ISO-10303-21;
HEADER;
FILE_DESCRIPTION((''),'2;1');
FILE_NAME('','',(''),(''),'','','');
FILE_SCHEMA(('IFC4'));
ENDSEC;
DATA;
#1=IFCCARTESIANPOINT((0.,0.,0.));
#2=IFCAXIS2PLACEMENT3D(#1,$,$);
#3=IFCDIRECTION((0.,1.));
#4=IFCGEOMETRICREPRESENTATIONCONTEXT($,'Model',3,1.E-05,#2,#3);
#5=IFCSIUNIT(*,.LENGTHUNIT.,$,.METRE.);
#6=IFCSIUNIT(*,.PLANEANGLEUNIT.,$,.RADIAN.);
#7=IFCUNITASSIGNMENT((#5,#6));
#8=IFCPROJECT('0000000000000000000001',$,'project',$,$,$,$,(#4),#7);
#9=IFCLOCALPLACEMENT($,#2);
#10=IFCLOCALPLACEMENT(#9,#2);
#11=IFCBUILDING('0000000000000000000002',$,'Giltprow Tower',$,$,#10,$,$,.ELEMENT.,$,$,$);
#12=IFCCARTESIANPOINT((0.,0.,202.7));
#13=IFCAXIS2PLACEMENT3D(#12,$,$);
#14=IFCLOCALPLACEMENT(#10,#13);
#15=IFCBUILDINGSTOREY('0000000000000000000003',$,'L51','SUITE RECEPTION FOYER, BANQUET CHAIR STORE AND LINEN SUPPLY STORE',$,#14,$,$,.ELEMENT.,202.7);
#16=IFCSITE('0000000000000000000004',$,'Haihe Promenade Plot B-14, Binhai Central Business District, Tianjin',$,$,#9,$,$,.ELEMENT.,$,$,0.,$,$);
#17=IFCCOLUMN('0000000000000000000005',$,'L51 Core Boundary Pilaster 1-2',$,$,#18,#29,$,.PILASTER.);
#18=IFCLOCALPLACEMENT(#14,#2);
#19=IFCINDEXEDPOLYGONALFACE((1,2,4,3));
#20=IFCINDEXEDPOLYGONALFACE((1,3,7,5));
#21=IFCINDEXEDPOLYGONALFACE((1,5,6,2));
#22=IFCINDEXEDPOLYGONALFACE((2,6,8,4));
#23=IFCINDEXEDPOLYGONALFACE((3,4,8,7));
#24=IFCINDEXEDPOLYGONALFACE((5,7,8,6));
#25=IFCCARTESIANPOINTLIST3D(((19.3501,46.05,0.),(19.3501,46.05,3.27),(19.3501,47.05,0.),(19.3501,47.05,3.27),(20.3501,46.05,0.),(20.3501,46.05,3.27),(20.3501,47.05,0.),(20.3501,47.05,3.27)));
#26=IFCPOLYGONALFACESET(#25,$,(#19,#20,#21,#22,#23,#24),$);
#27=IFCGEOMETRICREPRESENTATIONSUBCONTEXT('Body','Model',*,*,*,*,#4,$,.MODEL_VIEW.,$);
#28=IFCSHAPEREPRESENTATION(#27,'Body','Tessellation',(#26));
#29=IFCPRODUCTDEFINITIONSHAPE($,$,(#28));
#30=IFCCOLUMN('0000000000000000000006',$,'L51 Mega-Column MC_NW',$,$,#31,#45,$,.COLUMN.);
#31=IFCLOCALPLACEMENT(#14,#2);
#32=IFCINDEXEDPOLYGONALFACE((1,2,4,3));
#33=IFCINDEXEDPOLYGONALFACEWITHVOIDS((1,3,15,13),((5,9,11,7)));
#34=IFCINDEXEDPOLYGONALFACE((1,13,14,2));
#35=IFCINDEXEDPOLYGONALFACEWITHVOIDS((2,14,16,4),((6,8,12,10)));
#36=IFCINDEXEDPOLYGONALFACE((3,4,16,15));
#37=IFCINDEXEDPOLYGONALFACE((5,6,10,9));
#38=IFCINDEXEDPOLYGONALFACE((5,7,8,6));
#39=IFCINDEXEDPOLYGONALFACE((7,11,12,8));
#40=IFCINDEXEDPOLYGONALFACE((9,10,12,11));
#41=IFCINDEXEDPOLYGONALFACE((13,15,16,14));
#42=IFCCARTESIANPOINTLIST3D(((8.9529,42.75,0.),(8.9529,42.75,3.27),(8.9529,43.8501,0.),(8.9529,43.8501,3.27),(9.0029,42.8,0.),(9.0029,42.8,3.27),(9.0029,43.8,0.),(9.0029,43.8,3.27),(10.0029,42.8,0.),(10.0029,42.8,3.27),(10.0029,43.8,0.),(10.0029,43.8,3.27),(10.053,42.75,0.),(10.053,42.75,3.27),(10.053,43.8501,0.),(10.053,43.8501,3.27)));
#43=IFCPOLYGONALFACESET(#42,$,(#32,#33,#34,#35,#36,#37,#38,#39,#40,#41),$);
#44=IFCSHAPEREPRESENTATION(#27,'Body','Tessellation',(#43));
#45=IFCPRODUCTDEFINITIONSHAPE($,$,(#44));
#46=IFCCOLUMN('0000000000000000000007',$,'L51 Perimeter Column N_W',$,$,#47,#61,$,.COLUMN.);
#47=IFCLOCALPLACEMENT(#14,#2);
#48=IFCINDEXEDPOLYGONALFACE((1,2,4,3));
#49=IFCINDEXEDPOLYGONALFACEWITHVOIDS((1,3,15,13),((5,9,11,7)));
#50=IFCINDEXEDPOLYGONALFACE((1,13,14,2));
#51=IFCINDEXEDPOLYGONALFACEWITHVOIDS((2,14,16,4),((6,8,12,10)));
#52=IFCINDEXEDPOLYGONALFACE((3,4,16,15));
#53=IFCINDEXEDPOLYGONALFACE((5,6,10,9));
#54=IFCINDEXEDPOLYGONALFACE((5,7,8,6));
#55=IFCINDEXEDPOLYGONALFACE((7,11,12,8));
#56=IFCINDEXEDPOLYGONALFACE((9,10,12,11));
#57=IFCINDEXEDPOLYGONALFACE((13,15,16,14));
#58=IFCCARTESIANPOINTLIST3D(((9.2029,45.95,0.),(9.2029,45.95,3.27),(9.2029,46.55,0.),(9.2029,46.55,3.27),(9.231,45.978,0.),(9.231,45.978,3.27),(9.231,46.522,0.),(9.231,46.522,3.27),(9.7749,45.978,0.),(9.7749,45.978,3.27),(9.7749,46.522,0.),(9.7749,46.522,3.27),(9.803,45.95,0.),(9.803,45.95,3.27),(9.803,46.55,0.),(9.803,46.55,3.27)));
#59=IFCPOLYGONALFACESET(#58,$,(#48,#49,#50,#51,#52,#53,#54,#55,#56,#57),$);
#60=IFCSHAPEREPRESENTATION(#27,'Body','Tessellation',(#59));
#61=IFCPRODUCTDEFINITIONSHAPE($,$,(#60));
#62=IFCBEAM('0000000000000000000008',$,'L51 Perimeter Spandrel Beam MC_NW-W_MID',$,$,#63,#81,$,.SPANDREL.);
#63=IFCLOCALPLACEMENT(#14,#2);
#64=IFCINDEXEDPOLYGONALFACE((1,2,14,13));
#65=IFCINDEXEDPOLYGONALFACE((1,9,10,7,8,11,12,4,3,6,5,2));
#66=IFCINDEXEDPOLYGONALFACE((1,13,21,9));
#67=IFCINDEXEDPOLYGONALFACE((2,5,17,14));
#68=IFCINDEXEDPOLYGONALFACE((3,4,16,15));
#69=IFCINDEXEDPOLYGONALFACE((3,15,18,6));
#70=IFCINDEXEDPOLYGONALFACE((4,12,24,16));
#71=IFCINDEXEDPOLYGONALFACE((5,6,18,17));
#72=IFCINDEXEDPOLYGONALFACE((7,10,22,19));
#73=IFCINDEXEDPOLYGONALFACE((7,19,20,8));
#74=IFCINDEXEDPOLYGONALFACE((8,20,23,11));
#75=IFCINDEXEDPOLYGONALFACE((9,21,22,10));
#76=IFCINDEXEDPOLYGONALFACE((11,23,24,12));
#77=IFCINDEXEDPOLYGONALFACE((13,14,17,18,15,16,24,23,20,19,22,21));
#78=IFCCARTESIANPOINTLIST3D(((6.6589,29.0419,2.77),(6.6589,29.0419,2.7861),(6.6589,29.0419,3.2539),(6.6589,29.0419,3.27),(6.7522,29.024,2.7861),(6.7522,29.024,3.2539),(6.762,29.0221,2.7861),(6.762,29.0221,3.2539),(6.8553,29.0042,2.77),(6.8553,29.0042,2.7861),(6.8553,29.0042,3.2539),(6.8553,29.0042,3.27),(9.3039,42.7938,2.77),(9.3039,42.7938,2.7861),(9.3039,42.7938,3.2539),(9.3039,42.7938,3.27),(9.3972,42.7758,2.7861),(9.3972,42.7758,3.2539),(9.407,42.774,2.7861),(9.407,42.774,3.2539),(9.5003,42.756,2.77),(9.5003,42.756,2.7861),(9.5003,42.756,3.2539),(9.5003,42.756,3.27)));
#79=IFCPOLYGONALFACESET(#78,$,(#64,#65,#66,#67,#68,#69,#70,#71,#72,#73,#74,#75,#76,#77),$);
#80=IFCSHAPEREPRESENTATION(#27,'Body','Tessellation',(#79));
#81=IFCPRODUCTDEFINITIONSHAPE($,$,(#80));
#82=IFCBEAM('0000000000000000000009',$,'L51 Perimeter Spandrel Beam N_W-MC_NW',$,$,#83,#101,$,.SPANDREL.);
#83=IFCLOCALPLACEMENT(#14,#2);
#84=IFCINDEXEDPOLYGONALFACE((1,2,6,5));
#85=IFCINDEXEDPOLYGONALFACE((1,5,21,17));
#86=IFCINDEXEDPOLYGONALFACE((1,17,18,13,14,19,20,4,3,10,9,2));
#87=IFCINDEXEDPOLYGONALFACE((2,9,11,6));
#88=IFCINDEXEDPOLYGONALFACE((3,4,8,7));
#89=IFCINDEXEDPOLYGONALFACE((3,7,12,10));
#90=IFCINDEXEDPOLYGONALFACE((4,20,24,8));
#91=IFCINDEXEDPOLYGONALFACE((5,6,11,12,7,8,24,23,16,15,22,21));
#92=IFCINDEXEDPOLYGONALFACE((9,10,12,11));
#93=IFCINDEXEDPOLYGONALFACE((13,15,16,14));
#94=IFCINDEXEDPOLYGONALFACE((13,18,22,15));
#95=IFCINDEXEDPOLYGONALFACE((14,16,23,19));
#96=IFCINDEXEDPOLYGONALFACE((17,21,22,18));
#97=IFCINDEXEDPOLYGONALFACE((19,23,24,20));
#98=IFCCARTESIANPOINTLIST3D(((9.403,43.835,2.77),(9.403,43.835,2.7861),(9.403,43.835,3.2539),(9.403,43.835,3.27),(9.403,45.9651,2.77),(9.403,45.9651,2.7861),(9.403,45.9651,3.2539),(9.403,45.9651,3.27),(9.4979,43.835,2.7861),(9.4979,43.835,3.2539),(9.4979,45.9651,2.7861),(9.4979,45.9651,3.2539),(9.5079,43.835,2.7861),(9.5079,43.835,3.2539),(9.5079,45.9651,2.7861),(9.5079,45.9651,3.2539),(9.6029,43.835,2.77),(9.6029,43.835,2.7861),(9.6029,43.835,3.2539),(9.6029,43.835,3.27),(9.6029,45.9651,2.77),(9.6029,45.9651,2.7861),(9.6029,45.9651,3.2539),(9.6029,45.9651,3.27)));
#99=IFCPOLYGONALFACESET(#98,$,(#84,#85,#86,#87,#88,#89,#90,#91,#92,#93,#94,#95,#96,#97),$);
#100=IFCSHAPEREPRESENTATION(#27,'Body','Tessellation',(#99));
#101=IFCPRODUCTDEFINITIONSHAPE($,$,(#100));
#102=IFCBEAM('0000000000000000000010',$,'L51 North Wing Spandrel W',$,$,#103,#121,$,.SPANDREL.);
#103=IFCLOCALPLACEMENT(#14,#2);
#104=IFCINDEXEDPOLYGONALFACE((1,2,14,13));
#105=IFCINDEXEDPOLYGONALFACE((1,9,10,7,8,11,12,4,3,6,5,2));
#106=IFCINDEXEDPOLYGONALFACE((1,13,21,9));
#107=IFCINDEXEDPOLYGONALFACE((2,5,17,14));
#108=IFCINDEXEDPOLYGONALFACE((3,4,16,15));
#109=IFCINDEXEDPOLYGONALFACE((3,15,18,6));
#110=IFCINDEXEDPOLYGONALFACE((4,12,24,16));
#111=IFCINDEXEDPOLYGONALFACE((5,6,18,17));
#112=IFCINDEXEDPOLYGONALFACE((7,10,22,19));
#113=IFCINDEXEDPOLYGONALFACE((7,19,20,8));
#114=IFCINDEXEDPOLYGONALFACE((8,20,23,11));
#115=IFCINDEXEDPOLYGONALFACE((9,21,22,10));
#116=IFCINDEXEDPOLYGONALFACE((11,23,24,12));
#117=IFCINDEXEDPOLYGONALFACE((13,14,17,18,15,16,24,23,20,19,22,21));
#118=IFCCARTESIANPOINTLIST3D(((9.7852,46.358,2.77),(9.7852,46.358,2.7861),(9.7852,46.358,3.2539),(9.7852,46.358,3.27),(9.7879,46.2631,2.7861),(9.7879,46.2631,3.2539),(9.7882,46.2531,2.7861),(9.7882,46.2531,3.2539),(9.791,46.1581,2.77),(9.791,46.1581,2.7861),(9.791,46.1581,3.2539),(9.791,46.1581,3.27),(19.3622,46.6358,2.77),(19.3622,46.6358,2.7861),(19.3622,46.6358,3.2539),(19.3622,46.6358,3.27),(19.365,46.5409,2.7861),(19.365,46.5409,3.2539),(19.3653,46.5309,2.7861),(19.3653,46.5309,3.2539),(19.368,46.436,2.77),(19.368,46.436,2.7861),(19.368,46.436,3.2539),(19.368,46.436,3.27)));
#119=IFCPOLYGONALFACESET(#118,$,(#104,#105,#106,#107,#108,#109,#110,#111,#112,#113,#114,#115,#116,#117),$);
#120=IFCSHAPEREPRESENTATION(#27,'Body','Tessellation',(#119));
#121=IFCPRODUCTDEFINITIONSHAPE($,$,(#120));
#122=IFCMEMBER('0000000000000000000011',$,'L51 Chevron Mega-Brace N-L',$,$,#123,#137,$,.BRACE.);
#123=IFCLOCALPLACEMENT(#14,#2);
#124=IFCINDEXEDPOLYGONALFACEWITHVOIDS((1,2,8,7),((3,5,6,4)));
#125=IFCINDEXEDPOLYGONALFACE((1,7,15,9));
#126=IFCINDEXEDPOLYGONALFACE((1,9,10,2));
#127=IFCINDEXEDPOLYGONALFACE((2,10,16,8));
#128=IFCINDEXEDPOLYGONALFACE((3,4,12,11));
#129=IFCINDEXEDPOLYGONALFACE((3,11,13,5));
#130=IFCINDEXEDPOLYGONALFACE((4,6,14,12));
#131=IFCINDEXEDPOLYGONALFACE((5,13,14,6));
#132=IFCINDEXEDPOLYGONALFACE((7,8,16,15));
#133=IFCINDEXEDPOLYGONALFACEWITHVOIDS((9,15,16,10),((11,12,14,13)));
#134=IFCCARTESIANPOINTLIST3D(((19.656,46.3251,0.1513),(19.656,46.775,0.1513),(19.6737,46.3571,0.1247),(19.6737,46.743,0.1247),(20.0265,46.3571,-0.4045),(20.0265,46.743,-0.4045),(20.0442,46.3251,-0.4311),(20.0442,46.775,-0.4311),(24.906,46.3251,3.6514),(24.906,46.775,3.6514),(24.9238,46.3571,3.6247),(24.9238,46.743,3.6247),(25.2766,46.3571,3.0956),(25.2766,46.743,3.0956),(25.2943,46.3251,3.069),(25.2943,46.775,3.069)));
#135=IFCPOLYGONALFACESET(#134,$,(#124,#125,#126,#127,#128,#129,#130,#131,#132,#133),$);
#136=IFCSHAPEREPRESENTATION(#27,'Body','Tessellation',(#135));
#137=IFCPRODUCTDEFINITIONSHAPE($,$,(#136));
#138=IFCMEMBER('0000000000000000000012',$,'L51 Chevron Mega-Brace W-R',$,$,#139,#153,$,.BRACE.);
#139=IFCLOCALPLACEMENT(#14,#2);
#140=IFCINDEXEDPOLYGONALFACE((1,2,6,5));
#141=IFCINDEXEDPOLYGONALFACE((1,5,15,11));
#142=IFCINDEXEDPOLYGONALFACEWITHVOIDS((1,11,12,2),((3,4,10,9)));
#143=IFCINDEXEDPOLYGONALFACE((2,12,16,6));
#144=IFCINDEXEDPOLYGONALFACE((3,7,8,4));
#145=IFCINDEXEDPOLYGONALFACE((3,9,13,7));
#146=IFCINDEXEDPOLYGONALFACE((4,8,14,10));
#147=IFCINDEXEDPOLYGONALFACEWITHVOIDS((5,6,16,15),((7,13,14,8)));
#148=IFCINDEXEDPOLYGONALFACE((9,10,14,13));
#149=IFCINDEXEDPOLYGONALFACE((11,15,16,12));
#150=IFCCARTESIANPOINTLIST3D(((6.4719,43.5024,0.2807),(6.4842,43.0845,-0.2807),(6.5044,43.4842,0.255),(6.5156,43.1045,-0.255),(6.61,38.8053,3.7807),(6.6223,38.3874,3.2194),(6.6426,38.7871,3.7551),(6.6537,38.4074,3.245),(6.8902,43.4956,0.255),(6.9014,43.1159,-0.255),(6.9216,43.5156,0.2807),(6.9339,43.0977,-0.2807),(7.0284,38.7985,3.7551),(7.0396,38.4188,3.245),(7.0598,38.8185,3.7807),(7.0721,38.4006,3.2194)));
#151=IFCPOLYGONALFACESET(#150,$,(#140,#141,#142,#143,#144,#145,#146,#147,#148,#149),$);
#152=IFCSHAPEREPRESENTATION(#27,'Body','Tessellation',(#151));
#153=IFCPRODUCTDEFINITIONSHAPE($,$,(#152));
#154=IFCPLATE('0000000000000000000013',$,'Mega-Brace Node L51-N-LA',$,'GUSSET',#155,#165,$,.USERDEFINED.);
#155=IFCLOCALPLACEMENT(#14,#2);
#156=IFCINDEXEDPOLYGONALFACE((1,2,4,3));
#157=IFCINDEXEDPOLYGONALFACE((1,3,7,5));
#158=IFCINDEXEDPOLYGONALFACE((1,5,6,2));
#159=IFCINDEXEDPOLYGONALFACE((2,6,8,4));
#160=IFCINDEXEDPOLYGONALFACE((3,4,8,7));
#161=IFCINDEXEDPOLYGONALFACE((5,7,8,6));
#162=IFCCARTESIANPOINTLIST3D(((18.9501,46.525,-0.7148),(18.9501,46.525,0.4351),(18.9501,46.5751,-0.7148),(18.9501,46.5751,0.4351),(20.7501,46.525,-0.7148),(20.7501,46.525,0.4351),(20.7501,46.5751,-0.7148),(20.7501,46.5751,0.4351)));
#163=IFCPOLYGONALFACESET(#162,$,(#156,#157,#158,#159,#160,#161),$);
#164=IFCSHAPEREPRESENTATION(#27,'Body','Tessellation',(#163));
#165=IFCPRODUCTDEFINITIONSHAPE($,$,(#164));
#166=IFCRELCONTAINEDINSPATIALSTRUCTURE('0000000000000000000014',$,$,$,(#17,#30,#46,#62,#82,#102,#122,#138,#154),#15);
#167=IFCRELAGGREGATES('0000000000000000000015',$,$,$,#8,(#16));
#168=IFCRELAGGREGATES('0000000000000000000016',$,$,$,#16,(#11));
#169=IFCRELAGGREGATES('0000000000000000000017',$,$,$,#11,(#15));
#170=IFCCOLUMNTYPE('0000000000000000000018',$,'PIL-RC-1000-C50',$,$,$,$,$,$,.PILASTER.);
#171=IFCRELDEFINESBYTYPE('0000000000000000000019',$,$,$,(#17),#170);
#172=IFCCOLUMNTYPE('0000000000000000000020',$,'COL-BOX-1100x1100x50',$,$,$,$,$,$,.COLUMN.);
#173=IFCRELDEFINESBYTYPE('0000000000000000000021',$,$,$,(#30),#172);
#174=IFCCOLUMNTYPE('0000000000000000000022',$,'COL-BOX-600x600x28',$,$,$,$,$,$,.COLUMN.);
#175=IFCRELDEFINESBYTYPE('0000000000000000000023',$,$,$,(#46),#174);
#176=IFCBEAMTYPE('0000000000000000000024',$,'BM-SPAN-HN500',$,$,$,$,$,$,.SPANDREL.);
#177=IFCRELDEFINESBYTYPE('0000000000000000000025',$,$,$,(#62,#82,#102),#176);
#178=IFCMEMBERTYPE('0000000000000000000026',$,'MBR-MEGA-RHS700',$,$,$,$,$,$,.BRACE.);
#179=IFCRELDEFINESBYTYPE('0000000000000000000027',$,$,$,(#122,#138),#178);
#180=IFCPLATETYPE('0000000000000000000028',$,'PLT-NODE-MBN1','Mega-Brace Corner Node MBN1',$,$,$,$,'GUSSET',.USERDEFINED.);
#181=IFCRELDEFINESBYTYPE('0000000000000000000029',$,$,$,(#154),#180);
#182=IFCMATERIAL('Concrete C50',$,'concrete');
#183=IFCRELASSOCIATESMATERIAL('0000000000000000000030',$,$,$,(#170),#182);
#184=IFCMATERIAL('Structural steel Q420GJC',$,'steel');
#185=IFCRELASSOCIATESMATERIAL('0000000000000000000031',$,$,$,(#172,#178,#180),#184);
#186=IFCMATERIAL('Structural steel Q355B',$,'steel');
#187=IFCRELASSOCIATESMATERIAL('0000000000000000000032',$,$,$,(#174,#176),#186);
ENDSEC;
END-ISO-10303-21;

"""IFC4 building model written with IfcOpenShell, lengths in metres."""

from ifc_helpers import new_model, si_unit, direction, frame, origin, origin_2d, place, context, subcontext, project, spatial, rectangle, hollow_rectangle, i_section, extrude, source, transform, mapped, material, material_profile, profile_set, type_object, element, save


model = new_model("IFC4")

# Units and contexts
model_context = context("Model", 3, precision=1e-05, world=origin(), true_north=direction((0.0, 1.0)))
body_context = subcontext(model_context, "Body", "Model", "MODEL_VIEW")
ifc_project = project(units=[si_unit("LENGTHUNIT", "METRE"), si_unit("PLANEANGLEUNIT", "RADIAN")], contexts=[model_context])

# Site, building, storey
site_placement = place(None, origin())
site = spatial("IfcSite", under=ifc_project, at=site_placement, Name="Haihe Promenade Plot B-14, Binhai Central Business District, Tianjin", CompositionType="ELEMENT", RefElevation=0.0)
building_placement = place(site_placement, origin())
building = spatial("IfcBuilding", under=site, at=building_placement, Name="Giltprow Tower", CompositionType="ELEMENT")
storey_placement = place(building_placement, frame((0.0, 0.0, 202.7)))
storey = spatial("IfcBuildingStorey", under=building, at=storey_placement, Name="L51", Description="SUITE RECEPTION FOYER, BANQUET CHAIR STORE AND LINEN SUPPLY STORE", CompositionType="ELEMENT", Elevation=202.7)

# Columns
ifc_material_1 = material(Name="Concrete C50", Category="concrete")
ifc_material_profile_1 = material_profile(ifc_material_1, rectangle(XDim=1.0, YDim=1.0, at=origin_2d()), Name="RC 1000x1000")
ifc_profile_set_1 = profile_set([ifc_material_profile_1], Name="Concrete C50")
column_type_1 = type_object("IfcColumnType", Name="PIL-RC-1000-C50", PredefinedType="PILASTER", material=ifc_profile_set_1)
shared_shape_1 = source(origin(), body_context, "Body", "SweptSolid", [
    extrude(rectangle(XDim=1.0, YDim=1.0, at=origin_2d()), origin(), (0.0, 0.0, 1.0), 3.27),
])
column_1_placement = place(storey_placement, frame((19.8501, 46.55, 0.0), z_axis=(0.0, 0.0, 1.0), x_axis=(1.0, 0.0, 0.0)))
element("IfcColumn", 1, at=column_1_placement, inside=storey, type_object=column_type_1, Name="L51 Core Boundary Pilaster 1-2", PredefinedType="PILASTER", context=body_context, shape_type="MappedRepresentation", body=[
    mapped(shared_shape_1, transform((0.0, 0.0, 0.0), x_axis=(1.0, 0.0, 0.0), y_axis=(0.0, 1.0, 0.0), z_axis=(0.0, 0.0, 1.0), scale=1.0)),
])
ifc_material_2 = material(Name="Structural steel Q420GJC", Category="steel")
ifc_material_profile_2 = material_profile(ifc_material_2, hollow_rectangle(XDim=1.1001, YDim=1.1001, WallThickness=0.05, at=origin_2d()), Name="BOX 1100x1100x50")
ifc_profile_set_2 = profile_set([ifc_material_profile_2], Name="Structural steel Q420GJC")
column_type_2 = type_object("IfcColumnType", Name="COL-BOX-1100x1100x50", PredefinedType="COLUMN", material=ifc_profile_set_2)
shared_shape_2 = source(origin(), body_context, "Body", "SweptSolid", [
    extrude(hollow_rectangle(XDim=1.1001, YDim=1.1001, WallThickness=0.05, at=origin_2d()), origin(), (0.0, 0.0, 1.0), 3.27),
])
column_2_placement = place(storey_placement, frame((9.5029, 43.3, 0.0), z_axis=(0.0, 0.0, 1.0), x_axis=(1.0, 0.0, 0.0)))
element("IfcColumn", 2, at=column_2_placement, inside=storey, type_object=column_type_2, Name="L51 Mega-Column MC_NW", PredefinedType="COLUMN", context=body_context, shape_type="MappedRepresentation", body=[
    mapped(shared_shape_2, transform((0.0, 0.0, 0.0), x_axis=(1.0, 0.0, 0.0), y_axis=(0.0, 1.0, 0.0), z_axis=(0.0, 0.0, 1.0), scale=1.0)),
])
ifc_material_3 = material(Name="Structural steel Q355B", Category="steel")
ifc_material_profile_3 = material_profile(ifc_material_3, hollow_rectangle(XDim=0.6001, YDim=0.6001, WallThickness=0.0281, at=origin_2d()), Name="BOX 600x600x28")
ifc_profile_set_3 = profile_set([ifc_material_profile_3], Name="Structural steel Q355B")
column_type_3 = type_object("IfcColumnType", Name="COL-BOX-600x600x28", PredefinedType="COLUMN", material=ifc_profile_set_3)
shared_shape_3 = source(origin(), body_context, "Body", "SweptSolid", [
    extrude(hollow_rectangle(XDim=0.6001, YDim=0.6001, WallThickness=0.0281, at=origin_2d()), origin(), (0.0, 0.0, 1.0), 3.27),
])
column_3_placement = place(storey_placement, frame((9.5029, 46.25, 0.0), z_axis=(0.0, 0.0, 1.0), x_axis=(1.0, 0.0, 0.0)))
element("IfcColumn", 3, at=column_3_placement, inside=storey, type_object=column_type_3, Name="L51 Perimeter Column N_W", PredefinedType="COLUMN", context=body_context, shape_type="MappedRepresentation", body=[
    mapped(shared_shape_3, transform((0.0, 0.0, 0.0), x_axis=(1.0, 0.0, 0.0), y_axis=(0.0, 1.0, 0.0), z_axis=(0.0, 0.0, 1.0), scale=1.0)),
])

# Beams
ifc_material_profile_4 = material_profile(ifc_material_3, i_section(OverallWidth=0.2, OverallDepth=0.5, WebThickness=0.01, FlangeThickness=0.0161, at=origin_2d()), Name="HN 500x200x10x16")
ifc_profile_set_4 = profile_set([ifc_material_profile_4], Name="Structural steel Q355B")
beam_type = type_object("IfcBeamType", Name="BM-SPAN-HN500", PredefinedType="SPANDREL", material=ifc_profile_set_4)
shared_shape_4 = source(origin(), body_context, "Body", "SweptSolid", [
    extrude(i_section(OverallWidth=0.2, OverallDepth=0.5, WebThickness=0.01, FlangeThickness=0.0161, at=origin_2d()), origin(), (0.0, 0.0, 1.0), 14.0039),
])
beam_1_placement = place(storey_placement, frame((9.4021, 42.7749, 3.02), z_axis=(-0.188876, -0.982001, 0.0), x_axis=(0.982001, -0.188876, 0.0)))
element("IfcBeam", 4, at=beam_1_placement, inside=storey, type_object=beam_type, Name="L51 Perimeter Spandrel Beam MC_NW-W_MID", PredefinedType="SPANDREL", context=body_context, shape_type="MappedRepresentation", body=[
    mapped(shared_shape_4, transform((0.0, 0.0, 0.0), x_axis=(1.0, 0.0, 0.0), y_axis=(0.0, 1.0, 0.0), z_axis=(0.0, 0.0, 1.0), scale=1.0)),
])
shared_shape_5 = source(origin(), body_context, "Body", "SweptSolid", [
    extrude(i_section(OverallWidth=0.2, OverallDepth=0.5, WebThickness=0.01, FlangeThickness=0.0161, at=origin_2d()), origin(), (0.0, 0.0, 1.0), 2.1301),
])
beam_2_placement = place(storey_placement, frame((9.5029, 45.9651, 3.02), z_axis=(0.0, -1.0, 0.0), x_axis=(1.0, 0.0, 0.0)))
element("IfcBeam", 5, at=beam_2_placement, inside=storey, type_object=beam_type, Name="L51 Perimeter Spandrel Beam N_W-MC_NW", PredefinedType="SPANDREL", context=body_context, shape_type="MappedRepresentation", body=[
    mapped(shared_shape_5, transform((0.0, 0.0, 0.0), x_axis=(1.0, 0.0, 0.0), y_axis=(0.0, 1.0, 0.0), z_axis=(0.0, 0.0, 1.0), scale=1.0)),
])
shared_shape_6 = source(origin(), body_context, "Body", "SweptSolid", [
    extrude(i_section(OverallWidth=0.2, OverallDepth=0.5, WebThickness=0.01, FlangeThickness=0.0161, at=origin_2d()), origin(), (0.0, 0.0, 1.0), 9.5811),
])
beam_3_placement = place(storey_placement, frame((9.7881, 46.2581, 3.02), z_axis=(0.999579, 0.028998, 0.0), x_axis=(-0.028998, 0.999579, 0.0)))
element("IfcBeam", 6, at=beam_3_placement, inside=storey, type_object=beam_type, Name="L51 North Wing Spandrel W", PredefinedType="SPANDREL", context=body_context, shape_type="MappedRepresentation", body=[
    mapped(shared_shape_6, transform((0.0, 0.0, 0.0), x_axis=(1.0, 0.0, 0.0), y_axis=(0.0, 1.0, 0.0), z_axis=(0.0, 0.0, 1.0), scale=1.0)),
])

# Members
ifc_material_profile_5 = material_profile(ifc_material_2, hollow_rectangle(XDim=0.45, YDim=0.7, WallThickness=0.032, at=origin_2d()), Name="RHS 700x450x32")
ifc_profile_set_5 = profile_set([ifc_material_profile_5], Name="Structural steel Q420GJC")
member_type = type_object("IfcMemberType", Name="MBR-MEGA-RHS700", PredefinedType="BRACE", material=ifc_profile_set_5)
shared_shape_7 = source(origin(), body_context, "Body", "SweptSolid", [
    extrude(hollow_rectangle(XDim=0.45, YDim=0.7, WallThickness=0.032, at=origin_2d()), origin(), (0.0, 0.0, 1.0), 6.3098),
])
member_1_placement = place(storey_placement, frame((19.8501, 46.55, -0.1399), z_axis=(0.83205, 0.0, 0.5547), x_axis=(0.0, 1.0, 0.0)))
element("IfcMember", 7, at=member_1_placement, inside=storey, type_object=member_type, Name="L51 Chevron Mega-Brace N-L", PredefinedType="BRACE", context=body_context, shape_type="MappedRepresentation", body=[
    mapped(shared_shape_7, transform((0.0, 0.0, 0.0), x_axis=(1.0, 0.0, 0.0), y_axis=(0.0, 1.0, 0.0), z_axis=(0.0, 0.0, 1.0), scale=1.0)),
])
shared_shape_8 = source(origin(), body_context, "Body", "SweptSolid", [
    extrude(hollow_rectangle(XDim=0.45, YDim=0.7, WallThickness=0.032, at=origin_2d()), origin(), (0.0, 0.0, 1.0), 5.8594),
])
member_2_placement = place(storey_placement, frame((6.7029, 43.3, 0.0), z_axis=(0.023584, -0.801639, 0.597344), x_axis=(0.999568, 0.029407, 0.0)))
element("IfcMember", 8, at=member_2_placement, inside=storey, type_object=member_type, Name="L51 Chevron Mega-Brace W-R", PredefinedType="BRACE", context=body_context, shape_type="MappedRepresentation", body=[
    mapped(shared_shape_8, transform((0.0, 0.0, 0.0), x_axis=(1.0, 0.0, 0.0), y_axis=(0.0, 1.0, 0.0), z_axis=(0.0, 0.0, 1.0), scale=1.0)),
])

# Plate
plate_type = type_object("IfcPlateType", Name="PLT-NODE-MBN1", Description="Mega-Brace Corner Node MBN1", ElementType="GUSSET", PredefinedType="USERDEFINED", material=ifc_material_2)
shared_shape_9 = source(origin(), body_context, "Body", "SweptSolid", [
    extrude(rectangle(XDim=1.8, YDim=0.05, at=origin_2d()), origin(), (0.0, 0.0, 1.0), 1.1499),
])
for number, where, z_axis, x_axis, name in (
    (9, (19.8501, 46.55, -0.7148), (0.0, 0.0, 1.0), (1.0, 0.0, 0.0), "Mega-Brace Node L51-N-LA"),
):
    element("IfcPlate", number, at=place(storey_placement, frame(where, z_axis=z_axis, x_axis=x_axis)), inside=storey, type_object=plate_type, Name=name, ObjectType="GUSSET", PredefinedType="USERDEFINED", context=body_context, shape_type="MappedRepresentation", body=[
        mapped(shared_shape_9, transform((0.0, 0.0, 0.0), x_axis=(1.0, 0.0, 0.0), y_axis=(0.0, 1.0, 0.0), z_axis=(0.0, 0.0, 1.0), scale=1.0)),
    ])

save(model, "model.ifc")
